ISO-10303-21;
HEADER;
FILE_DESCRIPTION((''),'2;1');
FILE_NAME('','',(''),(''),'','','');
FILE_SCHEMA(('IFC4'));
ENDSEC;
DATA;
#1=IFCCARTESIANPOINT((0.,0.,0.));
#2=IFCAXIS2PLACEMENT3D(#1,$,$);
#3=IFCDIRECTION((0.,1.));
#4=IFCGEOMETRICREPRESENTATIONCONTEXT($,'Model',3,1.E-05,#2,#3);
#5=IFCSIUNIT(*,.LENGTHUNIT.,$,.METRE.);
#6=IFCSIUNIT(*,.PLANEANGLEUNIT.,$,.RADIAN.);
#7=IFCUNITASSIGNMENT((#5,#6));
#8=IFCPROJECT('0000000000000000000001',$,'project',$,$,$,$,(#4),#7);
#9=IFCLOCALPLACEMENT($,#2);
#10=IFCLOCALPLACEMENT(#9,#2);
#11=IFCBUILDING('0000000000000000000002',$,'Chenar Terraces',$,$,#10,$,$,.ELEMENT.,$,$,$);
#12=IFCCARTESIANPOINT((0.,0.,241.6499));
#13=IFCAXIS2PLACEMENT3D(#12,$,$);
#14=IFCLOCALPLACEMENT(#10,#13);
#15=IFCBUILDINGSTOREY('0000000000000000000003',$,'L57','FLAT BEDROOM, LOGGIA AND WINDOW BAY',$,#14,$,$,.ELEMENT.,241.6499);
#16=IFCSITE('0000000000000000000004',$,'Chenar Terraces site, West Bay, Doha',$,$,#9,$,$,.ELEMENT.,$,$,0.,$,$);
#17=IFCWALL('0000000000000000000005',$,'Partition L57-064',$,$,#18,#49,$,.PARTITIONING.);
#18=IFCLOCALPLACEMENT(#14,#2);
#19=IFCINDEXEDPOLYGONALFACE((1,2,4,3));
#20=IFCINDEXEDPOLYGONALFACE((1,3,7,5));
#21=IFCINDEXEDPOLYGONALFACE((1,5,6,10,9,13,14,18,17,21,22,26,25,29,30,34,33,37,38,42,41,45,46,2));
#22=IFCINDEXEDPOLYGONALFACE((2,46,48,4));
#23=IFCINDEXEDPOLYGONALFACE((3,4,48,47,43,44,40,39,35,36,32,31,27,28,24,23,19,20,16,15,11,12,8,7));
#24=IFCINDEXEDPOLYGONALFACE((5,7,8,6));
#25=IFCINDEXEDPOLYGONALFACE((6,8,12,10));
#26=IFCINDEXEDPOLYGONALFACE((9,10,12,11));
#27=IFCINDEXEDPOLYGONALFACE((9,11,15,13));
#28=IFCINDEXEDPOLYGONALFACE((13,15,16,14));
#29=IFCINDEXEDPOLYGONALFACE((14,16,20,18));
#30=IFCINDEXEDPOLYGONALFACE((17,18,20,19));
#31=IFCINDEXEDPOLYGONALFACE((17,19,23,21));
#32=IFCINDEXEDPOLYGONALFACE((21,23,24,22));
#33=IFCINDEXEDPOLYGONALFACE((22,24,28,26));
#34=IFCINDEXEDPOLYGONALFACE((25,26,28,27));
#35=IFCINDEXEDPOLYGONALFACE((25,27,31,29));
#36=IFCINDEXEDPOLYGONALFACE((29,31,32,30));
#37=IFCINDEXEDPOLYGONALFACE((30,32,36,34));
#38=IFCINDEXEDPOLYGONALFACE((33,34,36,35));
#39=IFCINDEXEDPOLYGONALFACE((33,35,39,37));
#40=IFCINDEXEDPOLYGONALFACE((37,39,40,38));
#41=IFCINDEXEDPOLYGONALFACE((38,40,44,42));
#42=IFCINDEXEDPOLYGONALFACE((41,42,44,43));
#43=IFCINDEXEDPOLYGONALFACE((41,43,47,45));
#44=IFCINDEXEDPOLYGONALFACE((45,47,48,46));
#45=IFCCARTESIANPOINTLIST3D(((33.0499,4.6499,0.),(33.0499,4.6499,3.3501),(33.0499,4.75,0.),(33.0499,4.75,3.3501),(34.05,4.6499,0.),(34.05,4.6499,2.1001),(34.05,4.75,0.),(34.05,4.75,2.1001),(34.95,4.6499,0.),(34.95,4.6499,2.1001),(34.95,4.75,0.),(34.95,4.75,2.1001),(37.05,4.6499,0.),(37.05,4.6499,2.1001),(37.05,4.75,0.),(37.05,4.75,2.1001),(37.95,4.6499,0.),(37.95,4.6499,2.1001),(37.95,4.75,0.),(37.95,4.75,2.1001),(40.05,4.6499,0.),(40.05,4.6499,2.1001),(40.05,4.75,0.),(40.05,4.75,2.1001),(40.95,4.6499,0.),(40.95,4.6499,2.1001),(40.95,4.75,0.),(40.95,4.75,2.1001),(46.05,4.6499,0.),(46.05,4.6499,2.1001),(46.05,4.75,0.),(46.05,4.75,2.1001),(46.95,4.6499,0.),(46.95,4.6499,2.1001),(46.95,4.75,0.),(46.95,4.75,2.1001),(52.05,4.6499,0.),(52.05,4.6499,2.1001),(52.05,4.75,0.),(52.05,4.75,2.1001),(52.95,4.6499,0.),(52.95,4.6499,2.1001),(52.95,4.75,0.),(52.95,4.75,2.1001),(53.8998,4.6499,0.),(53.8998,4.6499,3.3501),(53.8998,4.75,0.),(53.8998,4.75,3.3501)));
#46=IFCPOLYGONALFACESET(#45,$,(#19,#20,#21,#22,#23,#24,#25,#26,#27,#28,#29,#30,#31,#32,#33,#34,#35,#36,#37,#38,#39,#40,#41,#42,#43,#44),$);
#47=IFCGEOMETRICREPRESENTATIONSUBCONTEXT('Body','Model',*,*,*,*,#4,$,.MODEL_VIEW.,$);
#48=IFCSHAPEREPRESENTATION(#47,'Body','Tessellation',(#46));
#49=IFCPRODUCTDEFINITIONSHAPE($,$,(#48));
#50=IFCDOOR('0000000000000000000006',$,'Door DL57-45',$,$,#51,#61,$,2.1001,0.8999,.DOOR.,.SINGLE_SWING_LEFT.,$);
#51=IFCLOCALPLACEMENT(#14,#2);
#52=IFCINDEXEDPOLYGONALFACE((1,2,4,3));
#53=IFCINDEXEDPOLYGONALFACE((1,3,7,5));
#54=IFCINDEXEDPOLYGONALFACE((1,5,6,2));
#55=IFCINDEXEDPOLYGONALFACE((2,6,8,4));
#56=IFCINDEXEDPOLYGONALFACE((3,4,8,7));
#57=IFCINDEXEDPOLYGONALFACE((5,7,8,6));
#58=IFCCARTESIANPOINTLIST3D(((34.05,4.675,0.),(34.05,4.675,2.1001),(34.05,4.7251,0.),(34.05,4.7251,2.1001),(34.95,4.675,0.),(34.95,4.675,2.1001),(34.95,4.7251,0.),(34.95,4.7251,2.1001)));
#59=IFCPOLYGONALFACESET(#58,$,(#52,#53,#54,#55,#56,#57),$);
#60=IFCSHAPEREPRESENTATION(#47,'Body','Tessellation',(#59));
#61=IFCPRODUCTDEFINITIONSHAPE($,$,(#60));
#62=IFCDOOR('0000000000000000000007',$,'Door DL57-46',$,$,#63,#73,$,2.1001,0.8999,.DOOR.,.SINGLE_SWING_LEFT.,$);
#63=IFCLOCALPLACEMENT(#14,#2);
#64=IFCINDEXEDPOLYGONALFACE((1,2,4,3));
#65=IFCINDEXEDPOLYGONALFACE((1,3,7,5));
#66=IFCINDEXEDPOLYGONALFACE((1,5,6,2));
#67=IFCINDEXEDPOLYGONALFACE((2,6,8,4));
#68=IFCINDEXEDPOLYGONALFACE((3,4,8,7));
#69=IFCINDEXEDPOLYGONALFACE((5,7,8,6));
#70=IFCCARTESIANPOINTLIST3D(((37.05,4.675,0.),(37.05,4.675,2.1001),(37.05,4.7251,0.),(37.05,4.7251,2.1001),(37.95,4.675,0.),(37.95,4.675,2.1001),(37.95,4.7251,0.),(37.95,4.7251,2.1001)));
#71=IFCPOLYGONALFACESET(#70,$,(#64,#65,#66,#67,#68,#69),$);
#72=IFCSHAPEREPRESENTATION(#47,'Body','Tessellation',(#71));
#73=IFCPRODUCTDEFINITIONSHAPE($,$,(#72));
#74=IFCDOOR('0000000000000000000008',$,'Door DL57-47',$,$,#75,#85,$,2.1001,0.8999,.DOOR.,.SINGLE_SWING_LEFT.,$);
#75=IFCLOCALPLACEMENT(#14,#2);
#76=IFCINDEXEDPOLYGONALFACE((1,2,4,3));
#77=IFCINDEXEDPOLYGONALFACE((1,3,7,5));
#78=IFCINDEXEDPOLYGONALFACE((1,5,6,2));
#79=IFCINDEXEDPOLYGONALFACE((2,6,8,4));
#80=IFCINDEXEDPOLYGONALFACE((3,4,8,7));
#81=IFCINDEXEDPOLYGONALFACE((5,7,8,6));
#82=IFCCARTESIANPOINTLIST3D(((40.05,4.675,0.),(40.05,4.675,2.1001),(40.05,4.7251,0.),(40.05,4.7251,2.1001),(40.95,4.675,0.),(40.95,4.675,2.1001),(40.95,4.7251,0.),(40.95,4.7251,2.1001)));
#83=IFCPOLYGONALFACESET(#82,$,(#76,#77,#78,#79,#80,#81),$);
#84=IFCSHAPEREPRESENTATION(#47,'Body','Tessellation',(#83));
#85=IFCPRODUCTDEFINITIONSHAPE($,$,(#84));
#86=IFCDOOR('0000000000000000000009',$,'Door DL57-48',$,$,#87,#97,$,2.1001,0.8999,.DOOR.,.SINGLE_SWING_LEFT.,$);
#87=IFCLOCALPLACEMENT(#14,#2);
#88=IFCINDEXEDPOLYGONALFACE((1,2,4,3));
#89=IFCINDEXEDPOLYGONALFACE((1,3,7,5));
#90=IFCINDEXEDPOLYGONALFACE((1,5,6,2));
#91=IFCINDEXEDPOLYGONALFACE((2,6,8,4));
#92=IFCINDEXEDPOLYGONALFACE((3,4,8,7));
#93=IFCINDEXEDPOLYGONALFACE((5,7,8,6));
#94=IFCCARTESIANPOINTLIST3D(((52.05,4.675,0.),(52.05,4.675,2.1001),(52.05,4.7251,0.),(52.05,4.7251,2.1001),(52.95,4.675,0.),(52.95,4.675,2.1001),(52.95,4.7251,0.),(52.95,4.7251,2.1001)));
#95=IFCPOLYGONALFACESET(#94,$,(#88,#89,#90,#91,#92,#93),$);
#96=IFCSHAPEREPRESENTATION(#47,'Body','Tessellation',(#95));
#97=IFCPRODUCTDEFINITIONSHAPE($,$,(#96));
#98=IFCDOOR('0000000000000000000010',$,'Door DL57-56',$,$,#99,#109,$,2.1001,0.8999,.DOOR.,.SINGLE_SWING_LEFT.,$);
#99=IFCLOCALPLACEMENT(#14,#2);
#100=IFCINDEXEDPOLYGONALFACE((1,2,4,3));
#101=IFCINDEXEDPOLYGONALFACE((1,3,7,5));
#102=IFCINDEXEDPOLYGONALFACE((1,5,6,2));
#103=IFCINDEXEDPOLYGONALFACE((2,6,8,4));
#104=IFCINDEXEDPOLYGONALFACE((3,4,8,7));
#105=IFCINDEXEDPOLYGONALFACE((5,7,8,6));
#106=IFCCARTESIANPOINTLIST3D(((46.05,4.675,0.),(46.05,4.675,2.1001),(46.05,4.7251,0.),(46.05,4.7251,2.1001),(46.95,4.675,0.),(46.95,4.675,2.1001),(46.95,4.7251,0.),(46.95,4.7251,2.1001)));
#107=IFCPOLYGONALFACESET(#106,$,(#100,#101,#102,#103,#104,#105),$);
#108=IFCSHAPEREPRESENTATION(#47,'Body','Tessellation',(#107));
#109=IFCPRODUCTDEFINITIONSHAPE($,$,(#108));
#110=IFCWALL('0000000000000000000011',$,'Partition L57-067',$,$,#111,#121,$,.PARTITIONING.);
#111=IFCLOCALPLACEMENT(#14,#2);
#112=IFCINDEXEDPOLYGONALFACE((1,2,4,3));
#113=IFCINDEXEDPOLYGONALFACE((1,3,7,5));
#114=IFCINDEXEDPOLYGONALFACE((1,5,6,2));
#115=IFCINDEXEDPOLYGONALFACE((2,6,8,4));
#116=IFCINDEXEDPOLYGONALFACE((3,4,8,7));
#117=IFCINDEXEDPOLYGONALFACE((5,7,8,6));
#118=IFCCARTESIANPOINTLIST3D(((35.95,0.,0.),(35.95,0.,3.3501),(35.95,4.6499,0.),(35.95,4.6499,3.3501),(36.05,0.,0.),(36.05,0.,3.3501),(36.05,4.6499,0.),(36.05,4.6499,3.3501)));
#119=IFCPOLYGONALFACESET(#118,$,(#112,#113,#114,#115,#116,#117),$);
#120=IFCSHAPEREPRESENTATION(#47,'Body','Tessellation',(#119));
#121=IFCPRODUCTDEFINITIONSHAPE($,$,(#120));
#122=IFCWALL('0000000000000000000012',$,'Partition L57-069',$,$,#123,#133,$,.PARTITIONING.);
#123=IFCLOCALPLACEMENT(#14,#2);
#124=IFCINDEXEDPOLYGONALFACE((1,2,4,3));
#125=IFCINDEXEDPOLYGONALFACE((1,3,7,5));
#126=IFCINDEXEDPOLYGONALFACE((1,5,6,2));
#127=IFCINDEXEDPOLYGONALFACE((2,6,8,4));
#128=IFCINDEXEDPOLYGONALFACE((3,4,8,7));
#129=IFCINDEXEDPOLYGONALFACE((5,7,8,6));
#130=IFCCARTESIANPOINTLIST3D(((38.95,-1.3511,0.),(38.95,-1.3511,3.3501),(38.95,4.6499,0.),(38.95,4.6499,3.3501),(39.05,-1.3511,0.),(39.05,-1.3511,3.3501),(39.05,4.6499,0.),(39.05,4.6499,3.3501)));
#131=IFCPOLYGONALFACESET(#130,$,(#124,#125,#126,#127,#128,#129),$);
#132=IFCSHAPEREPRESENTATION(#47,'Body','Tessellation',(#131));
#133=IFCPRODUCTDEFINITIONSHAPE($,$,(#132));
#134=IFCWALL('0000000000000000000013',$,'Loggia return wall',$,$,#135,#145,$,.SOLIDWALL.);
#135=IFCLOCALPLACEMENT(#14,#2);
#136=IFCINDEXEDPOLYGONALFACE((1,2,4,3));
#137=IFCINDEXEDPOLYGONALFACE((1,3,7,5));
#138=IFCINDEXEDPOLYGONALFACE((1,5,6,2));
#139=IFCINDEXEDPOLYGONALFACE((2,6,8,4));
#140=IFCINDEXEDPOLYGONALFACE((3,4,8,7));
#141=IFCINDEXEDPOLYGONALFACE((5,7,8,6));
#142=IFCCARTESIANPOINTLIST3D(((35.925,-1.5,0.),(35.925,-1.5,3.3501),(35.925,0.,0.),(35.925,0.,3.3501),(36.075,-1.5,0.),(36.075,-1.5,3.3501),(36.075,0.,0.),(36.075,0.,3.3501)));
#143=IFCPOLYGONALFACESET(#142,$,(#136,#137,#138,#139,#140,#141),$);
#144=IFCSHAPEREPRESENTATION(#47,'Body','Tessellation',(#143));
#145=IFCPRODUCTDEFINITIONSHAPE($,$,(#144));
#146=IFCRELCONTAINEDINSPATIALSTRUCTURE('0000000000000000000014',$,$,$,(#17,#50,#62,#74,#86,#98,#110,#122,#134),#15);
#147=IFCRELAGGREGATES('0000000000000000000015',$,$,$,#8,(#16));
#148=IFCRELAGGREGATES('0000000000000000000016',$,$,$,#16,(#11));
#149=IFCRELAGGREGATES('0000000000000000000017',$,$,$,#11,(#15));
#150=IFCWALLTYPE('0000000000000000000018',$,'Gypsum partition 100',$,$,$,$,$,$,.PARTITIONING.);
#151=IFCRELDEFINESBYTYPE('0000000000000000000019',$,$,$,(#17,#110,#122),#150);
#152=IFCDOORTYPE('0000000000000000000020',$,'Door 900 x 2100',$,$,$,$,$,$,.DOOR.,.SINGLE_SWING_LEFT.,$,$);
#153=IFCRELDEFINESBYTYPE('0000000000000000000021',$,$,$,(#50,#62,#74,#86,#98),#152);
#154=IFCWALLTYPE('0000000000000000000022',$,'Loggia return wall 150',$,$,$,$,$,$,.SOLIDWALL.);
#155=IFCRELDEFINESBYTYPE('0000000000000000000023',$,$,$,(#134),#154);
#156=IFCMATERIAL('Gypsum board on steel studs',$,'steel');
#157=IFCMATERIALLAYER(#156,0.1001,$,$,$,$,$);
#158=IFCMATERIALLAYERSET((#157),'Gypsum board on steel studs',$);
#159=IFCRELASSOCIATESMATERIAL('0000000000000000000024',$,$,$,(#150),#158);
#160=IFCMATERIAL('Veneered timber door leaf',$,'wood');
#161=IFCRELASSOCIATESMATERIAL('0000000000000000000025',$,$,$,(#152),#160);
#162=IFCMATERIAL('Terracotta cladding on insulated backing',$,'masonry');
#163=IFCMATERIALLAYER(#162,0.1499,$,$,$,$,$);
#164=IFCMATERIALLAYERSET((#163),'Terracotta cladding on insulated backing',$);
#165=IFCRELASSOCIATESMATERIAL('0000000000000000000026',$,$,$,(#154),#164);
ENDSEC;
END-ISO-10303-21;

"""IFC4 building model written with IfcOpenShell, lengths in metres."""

from ifc_helpers import new_model, si_unit, direction, frame, frame_2d, origin, place, context, subcontext, project, spatial, rectangle, extrude, material, layer, layer_set, type_object, element, fill, save


model = new_model("IFC4")

# Units and contexts
model_context = context("Model", 3, precision=1e-05, world=origin(), true_north=direction((0.0, 1.0)))
body_context = subcontext(model_context, "Body", "Model", "MODEL_VIEW")
ifc_project = project(units=[si_unit("LENGTHUNIT", "METRE"), si_unit("PLANEANGLEUNIT", "RADIAN")], contexts=[model_context])

# Site, building, storey
site_placement = place(None, origin())
site = spatial("IfcSite", under=ifc_project, at=site_placement, Name="Chenar Terraces site, West Bay, Doha", CompositionType="ELEMENT", RefElevation=0.0)
building_placement = place(site_placement, origin())
building = spatial("IfcBuilding", under=site, at=building_placement, Name="Chenar Terraces", CompositionType="ELEMENT")
storey_placement = place(building_placement, frame((0.0, 0.0, 241.6499)))
storey = spatial("IfcBuildingStorey", under=building, at=storey_placement, Name="L57", Description="FLAT BEDROOM, LOGGIA AND WINDOW BAY", CompositionType="ELEMENT", Elevation=241.6499)

# Shared definitions
ifc_material_1 = material(Name="Gypsum board on steel studs", Category="steel")
ifc_layer_1 = layer(ifc_material_1, 0.1001)
ifc_layer_set_1 = layer_set([ifc_layer_1], Name="Gypsum board on steel studs")
wall_type_1 = type_object("IfcWallType", Name="Gypsum partition 100", PredefinedType="PARTITIONING", material=ifc_layer_set_1)
ifc_material_2 = material(Name="Veneered timber door leaf", Category="wood")
door_type = type_object("IfcDoorType", Name="Door 900 x 2100", OperationType="SINGLE_SWING_LEFT", PredefinedType="DOOR", material=ifc_material_2)

# Wall, openings, doors
wall_1_placement = place(storey_placement, frame((33.05, 4.7, 0.0), z_axis=(0.0, 0.0, 1.0), x_axis=(1.0, 0.0, 0.0)))
wall_1 = element("IfcWall", 1, at=wall_1_placement, inside=storey, type_object=wall_type_1, Name="Partition L57-064", PredefinedType="PARTITIONING", context=body_context, shape_type="SweptSolid", body=[
    extrude(rectangle(XDim=20.8499, YDim=0.1001, at=frame_2d((10.4248, 0.0))), origin(), (0.0, 0.0, 1.0), 3.3501),
])
opening_1_placement = place(wall_1_placement, frame((1.0, 0.0, 0.0)))
opening_1 = element("IfcOpeningElement", 2, at=opening_1_placement, cuts=wall_1, PredefinedType="OPENING", context=body_context, shape_type="SweptSolid", body=[
    extrude(rectangle(XDim=0.8999, YDim=2.1001, at=frame_2d((0.45, 1.05))), frame((0.0, 0.0601, 0.0), z_axis=(0.0, -1.0, 0.0), x_axis=(1.0, 0.0, 0.0)), (0.0, 0.0, 1.0), 0.1201),
])
opening_2_placement = place(wall_1_placement, frame((4.0, 0.0, 0.0)))
opening_2 = element("IfcOpeningElement", 3, at=opening_2_placement, cuts=wall_1, PredefinedType="OPENING", context=body_context, shape_type="SweptSolid", body=[
    extrude(rectangle(XDim=0.8999, YDim=2.1001, at=frame_2d((0.45, 1.05))), frame((0.0, 0.0601, 0.0), z_axis=(0.0, -1.0, 0.0), x_axis=(1.0, 0.0, 0.0)), (0.0, 0.0, 1.0), 0.1201),
])
opening_3_placement = place(wall_1_placement, frame((7.0, 0.0, 0.0)))
opening_3 = element("IfcOpeningElement", 4, at=opening_3_placement, cuts=wall_1, PredefinedType="OPENING", context=body_context, shape_type="SweptSolid", body=[
    extrude(rectangle(XDim=0.8999, YDim=2.1001, at=frame_2d((0.45, 1.05))), frame((0.0, 0.0601, 0.0), z_axis=(0.0, -1.0, 0.0), x_axis=(1.0, 0.0, 0.0)), (0.0, 0.0, 1.0), 0.1201),
])
opening_4_placement = place(wall_1_placement, frame((19.0, 0.0, 0.0)))
opening_4 = element("IfcOpeningElement", 5, at=opening_4_placement, cuts=wall_1, PredefinedType="OPENING", context=body_context, shape_type="SweptSolid", body=[
    extrude(rectangle(XDim=0.8999, YDim=2.1001, at=frame_2d((0.45, 1.05))), frame((0.0, 0.0601, 0.0), z_axis=(0.0, -1.0, 0.0), x_axis=(1.0, 0.0, 0.0)), (0.0, 0.0, 1.0), 0.1201),
])
opening_5_placement = place(wall_1_placement, frame((13.0, 0.0, 0.0)))
opening_5 = element("IfcOpeningElement", 6, at=opening_5_placement, cuts=wall_1, PredefinedType="OPENING", context=body_context, shape_type="SweptSolid", body=[
    extrude(rectangle(XDim=0.8999, YDim=2.1001, at=frame_2d((0.45, 1.05))), frame((0.0, 0.0601, 0.0), z_axis=(0.0, -1.0, 0.0), x_axis=(1.0, 0.0, 0.0)), (0.0, 0.0, 1.0), 0.1201),
])
door_1_placement = place(opening_1_placement, frame((0.8999, 0.0, 0.0), z_axis=(0.0, 0.0, 1.0), x_axis=(-1.0, 0.0, 0.0)))
door_1 = element("IfcDoor", 7, at=door_1_placement, inside=storey, type_object=door_type, Name="Door DL57-45", OperationType="SINGLE_SWING_LEFT", OverallHeight=2.1001, OverallWidth=0.8999, PredefinedType="DOOR", context=body_context, shape_type="SweptSolid", body=[
    extrude(rectangle(XDim=0.8999, YDim=2.1001, at=frame_2d((0.45, 1.05))), frame((0.0, 0.0249, 0.0), z_axis=(0.0, -1.0, 0.0), x_axis=(1.0, 0.0, 0.0)), (0.0, 0.0, 1.0), 0.05),
])
fill(opening_1, door_1)
door_2_placement = place(opening_2_placement, frame((0.8999, 0.0, 0.0), z_axis=(0.0, 0.0, 1.0), x_axis=(-1.0, 0.0, 0.0)))
door_2 = element("IfcDoor", 8, at=door_2_placement, inside=storey, type_object=door_type, Name="Door DL57-46", OperationType="SINGLE_SWING_LEFT", OverallHeight=2.1001, OverallWidth=0.8999, PredefinedType="DOOR", context=body_context, shape_type="SweptSolid", body=[
    extrude(rectangle(XDim=0.8999, YDim=2.1001, at=frame_2d((0.45, 1.05))), frame((0.0, 0.0249, 0.0), z_axis=(0.0, -1.0, 0.0), x_axis=(1.0, 0.0, 0.0)), (0.0, 0.0, 1.0), 0.05),
])
fill(opening_2, door_2)
door_3_placement = place(opening_3_placement, frame((0.8999, 0.0, 0.0), z_axis=(0.0, 0.0, 1.0), x_axis=(-1.0, 0.0, 0.0)))
door_3 = element("IfcDoor", 9, at=door_3_placement, inside=storey, type_object=door_type, Name="Door DL57-47", OperationType="SINGLE_SWING_LEFT", OverallHeight=2.1001, OverallWidth=0.8999, PredefinedType="DOOR", context=body_context, shape_type="SweptSolid", body=[
    extrude(rectangle(XDim=0.8999, YDim=2.1001, at=frame_2d((0.45, 1.05))), frame((0.0, 0.0249, 0.0), z_axis=(0.0, -1.0, 0.0), x_axis=(1.0, 0.0, 0.0)), (0.0, 0.0, 1.0), 0.05),
])
fill(opening_3, door_3)
door_4_placement = place(opening_4_placement, frame((0.8999, 0.0, 0.0), z_axis=(0.0, 0.0, 1.0), x_axis=(-1.0, 0.0, 0.0)))
door_4 = element("IfcDoor", 10, at=door_4_placement, inside=storey, type_object=door_type, Name="Door DL57-48", OperationType="SINGLE_SWING_LEFT", OverallHeight=2.1001, OverallWidth=0.8999, PredefinedType="DOOR", context=body_context, shape_type="SweptSolid", body=[
    extrude(rectangle(XDim=0.8999, YDim=2.1001, at=frame_2d((0.45, 1.05))), frame((0.0, 0.0249, 0.0), z_axis=(0.0, -1.0, 0.0), x_axis=(1.0, 0.0, 0.0)), (0.0, 0.0, 1.0), 0.05),
])
fill(opening_4, door_4)
door_5_placement = place(opening_5_placement, frame((0.8999, 0.0, 0.0), z_axis=(0.0, 0.0, 1.0), x_axis=(-1.0, 0.0, 0.0)))
door_5 = element("IfcDoor", 11, at=door_5_placement, inside=storey, type_object=door_type, Name="Door DL57-56", OperationType="SINGLE_SWING_LEFT", OverallHeight=2.1001, OverallWidth=0.8999, PredefinedType="DOOR", context=body_context, shape_type="SweptSolid", body=[
    extrude(rectangle(XDim=0.8999, YDim=2.1001, at=frame_2d((0.45, 1.05))), frame((0.0, 0.0249, 0.0), z_axis=(0.0, -1.0, 0.0), x_axis=(1.0, 0.0, 0.0)), (0.0, 0.0, 1.0), 0.05),
])
fill(opening_5, door_5)

# Walls
wall_2_placement = place(storey_placement, frame((36.0, 0.0, 0.0), z_axis=(0.0, 0.0, 1.0), x_axis=(0.0, 1.0, 0.0)))
element("IfcWall", 12, at=wall_2_placement, inside=storey, type_object=wall_type_1, Name="Partition L57-067", PredefinedType="PARTITIONING", context=body_context, shape_type="SweptSolid", body=[
    extrude(rectangle(XDim=4.6499, YDim=0.1001, at=frame_2d((2.325, 0.0))), origin(), (0.0, 0.0, 1.0), 3.3501),
])
wall_3_placement = place(storey_placement, frame((39.0, -1.3511, 0.0), z_axis=(0.0, 0.0, 1.0), x_axis=(0.0, 1.0, 0.0)))
element("IfcWall", 13, at=wall_3_placement, inside=storey, type_object=wall_type_1, Name="Partition L57-069", PredefinedType="PARTITIONING", context=body_context, shape_type="SweptSolid", body=[
    extrude(rectangle(XDim=6.001, YDim=0.1001, at=frame_2d((3.0005, 0.0))), origin(), (0.0, 0.0, 1.0), 3.3501),
])
ifc_material_3 = material(Name="Terracotta cladding on insulated backing", Category="masonry")
ifc_layer_2 = layer(ifc_material_3, 0.1499)
ifc_layer_set_2 = layer_set([ifc_layer_2], Name="Terracotta cladding on insulated backing")
wall_type_2 = type_object("IfcWallType", Name="Loggia return wall 150", PredefinedType="SOLIDWALL", material=ifc_layer_set_2)
wall_4_placement = place(storey_placement, frame((36.0, -1.5, 0.0), z_axis=(0.0, 0.0, 1.0), x_axis=(0.0, 1.0, 0.0)))
element("IfcWall", 14, at=wall_4_placement, inside=storey, type_object=wall_type_2, Name="Loggia return wall", PredefinedType="SOLIDWALL", context=body_context, shape_type="SweptSolid", body=[
    extrude(rectangle(XDim=1.5, YDim=0.1499, at=frame_2d((0.75, 0.0))), origin(), (0.0, 0.0, 1.0), 3.3501),
])

save(model, "model.ifc")
